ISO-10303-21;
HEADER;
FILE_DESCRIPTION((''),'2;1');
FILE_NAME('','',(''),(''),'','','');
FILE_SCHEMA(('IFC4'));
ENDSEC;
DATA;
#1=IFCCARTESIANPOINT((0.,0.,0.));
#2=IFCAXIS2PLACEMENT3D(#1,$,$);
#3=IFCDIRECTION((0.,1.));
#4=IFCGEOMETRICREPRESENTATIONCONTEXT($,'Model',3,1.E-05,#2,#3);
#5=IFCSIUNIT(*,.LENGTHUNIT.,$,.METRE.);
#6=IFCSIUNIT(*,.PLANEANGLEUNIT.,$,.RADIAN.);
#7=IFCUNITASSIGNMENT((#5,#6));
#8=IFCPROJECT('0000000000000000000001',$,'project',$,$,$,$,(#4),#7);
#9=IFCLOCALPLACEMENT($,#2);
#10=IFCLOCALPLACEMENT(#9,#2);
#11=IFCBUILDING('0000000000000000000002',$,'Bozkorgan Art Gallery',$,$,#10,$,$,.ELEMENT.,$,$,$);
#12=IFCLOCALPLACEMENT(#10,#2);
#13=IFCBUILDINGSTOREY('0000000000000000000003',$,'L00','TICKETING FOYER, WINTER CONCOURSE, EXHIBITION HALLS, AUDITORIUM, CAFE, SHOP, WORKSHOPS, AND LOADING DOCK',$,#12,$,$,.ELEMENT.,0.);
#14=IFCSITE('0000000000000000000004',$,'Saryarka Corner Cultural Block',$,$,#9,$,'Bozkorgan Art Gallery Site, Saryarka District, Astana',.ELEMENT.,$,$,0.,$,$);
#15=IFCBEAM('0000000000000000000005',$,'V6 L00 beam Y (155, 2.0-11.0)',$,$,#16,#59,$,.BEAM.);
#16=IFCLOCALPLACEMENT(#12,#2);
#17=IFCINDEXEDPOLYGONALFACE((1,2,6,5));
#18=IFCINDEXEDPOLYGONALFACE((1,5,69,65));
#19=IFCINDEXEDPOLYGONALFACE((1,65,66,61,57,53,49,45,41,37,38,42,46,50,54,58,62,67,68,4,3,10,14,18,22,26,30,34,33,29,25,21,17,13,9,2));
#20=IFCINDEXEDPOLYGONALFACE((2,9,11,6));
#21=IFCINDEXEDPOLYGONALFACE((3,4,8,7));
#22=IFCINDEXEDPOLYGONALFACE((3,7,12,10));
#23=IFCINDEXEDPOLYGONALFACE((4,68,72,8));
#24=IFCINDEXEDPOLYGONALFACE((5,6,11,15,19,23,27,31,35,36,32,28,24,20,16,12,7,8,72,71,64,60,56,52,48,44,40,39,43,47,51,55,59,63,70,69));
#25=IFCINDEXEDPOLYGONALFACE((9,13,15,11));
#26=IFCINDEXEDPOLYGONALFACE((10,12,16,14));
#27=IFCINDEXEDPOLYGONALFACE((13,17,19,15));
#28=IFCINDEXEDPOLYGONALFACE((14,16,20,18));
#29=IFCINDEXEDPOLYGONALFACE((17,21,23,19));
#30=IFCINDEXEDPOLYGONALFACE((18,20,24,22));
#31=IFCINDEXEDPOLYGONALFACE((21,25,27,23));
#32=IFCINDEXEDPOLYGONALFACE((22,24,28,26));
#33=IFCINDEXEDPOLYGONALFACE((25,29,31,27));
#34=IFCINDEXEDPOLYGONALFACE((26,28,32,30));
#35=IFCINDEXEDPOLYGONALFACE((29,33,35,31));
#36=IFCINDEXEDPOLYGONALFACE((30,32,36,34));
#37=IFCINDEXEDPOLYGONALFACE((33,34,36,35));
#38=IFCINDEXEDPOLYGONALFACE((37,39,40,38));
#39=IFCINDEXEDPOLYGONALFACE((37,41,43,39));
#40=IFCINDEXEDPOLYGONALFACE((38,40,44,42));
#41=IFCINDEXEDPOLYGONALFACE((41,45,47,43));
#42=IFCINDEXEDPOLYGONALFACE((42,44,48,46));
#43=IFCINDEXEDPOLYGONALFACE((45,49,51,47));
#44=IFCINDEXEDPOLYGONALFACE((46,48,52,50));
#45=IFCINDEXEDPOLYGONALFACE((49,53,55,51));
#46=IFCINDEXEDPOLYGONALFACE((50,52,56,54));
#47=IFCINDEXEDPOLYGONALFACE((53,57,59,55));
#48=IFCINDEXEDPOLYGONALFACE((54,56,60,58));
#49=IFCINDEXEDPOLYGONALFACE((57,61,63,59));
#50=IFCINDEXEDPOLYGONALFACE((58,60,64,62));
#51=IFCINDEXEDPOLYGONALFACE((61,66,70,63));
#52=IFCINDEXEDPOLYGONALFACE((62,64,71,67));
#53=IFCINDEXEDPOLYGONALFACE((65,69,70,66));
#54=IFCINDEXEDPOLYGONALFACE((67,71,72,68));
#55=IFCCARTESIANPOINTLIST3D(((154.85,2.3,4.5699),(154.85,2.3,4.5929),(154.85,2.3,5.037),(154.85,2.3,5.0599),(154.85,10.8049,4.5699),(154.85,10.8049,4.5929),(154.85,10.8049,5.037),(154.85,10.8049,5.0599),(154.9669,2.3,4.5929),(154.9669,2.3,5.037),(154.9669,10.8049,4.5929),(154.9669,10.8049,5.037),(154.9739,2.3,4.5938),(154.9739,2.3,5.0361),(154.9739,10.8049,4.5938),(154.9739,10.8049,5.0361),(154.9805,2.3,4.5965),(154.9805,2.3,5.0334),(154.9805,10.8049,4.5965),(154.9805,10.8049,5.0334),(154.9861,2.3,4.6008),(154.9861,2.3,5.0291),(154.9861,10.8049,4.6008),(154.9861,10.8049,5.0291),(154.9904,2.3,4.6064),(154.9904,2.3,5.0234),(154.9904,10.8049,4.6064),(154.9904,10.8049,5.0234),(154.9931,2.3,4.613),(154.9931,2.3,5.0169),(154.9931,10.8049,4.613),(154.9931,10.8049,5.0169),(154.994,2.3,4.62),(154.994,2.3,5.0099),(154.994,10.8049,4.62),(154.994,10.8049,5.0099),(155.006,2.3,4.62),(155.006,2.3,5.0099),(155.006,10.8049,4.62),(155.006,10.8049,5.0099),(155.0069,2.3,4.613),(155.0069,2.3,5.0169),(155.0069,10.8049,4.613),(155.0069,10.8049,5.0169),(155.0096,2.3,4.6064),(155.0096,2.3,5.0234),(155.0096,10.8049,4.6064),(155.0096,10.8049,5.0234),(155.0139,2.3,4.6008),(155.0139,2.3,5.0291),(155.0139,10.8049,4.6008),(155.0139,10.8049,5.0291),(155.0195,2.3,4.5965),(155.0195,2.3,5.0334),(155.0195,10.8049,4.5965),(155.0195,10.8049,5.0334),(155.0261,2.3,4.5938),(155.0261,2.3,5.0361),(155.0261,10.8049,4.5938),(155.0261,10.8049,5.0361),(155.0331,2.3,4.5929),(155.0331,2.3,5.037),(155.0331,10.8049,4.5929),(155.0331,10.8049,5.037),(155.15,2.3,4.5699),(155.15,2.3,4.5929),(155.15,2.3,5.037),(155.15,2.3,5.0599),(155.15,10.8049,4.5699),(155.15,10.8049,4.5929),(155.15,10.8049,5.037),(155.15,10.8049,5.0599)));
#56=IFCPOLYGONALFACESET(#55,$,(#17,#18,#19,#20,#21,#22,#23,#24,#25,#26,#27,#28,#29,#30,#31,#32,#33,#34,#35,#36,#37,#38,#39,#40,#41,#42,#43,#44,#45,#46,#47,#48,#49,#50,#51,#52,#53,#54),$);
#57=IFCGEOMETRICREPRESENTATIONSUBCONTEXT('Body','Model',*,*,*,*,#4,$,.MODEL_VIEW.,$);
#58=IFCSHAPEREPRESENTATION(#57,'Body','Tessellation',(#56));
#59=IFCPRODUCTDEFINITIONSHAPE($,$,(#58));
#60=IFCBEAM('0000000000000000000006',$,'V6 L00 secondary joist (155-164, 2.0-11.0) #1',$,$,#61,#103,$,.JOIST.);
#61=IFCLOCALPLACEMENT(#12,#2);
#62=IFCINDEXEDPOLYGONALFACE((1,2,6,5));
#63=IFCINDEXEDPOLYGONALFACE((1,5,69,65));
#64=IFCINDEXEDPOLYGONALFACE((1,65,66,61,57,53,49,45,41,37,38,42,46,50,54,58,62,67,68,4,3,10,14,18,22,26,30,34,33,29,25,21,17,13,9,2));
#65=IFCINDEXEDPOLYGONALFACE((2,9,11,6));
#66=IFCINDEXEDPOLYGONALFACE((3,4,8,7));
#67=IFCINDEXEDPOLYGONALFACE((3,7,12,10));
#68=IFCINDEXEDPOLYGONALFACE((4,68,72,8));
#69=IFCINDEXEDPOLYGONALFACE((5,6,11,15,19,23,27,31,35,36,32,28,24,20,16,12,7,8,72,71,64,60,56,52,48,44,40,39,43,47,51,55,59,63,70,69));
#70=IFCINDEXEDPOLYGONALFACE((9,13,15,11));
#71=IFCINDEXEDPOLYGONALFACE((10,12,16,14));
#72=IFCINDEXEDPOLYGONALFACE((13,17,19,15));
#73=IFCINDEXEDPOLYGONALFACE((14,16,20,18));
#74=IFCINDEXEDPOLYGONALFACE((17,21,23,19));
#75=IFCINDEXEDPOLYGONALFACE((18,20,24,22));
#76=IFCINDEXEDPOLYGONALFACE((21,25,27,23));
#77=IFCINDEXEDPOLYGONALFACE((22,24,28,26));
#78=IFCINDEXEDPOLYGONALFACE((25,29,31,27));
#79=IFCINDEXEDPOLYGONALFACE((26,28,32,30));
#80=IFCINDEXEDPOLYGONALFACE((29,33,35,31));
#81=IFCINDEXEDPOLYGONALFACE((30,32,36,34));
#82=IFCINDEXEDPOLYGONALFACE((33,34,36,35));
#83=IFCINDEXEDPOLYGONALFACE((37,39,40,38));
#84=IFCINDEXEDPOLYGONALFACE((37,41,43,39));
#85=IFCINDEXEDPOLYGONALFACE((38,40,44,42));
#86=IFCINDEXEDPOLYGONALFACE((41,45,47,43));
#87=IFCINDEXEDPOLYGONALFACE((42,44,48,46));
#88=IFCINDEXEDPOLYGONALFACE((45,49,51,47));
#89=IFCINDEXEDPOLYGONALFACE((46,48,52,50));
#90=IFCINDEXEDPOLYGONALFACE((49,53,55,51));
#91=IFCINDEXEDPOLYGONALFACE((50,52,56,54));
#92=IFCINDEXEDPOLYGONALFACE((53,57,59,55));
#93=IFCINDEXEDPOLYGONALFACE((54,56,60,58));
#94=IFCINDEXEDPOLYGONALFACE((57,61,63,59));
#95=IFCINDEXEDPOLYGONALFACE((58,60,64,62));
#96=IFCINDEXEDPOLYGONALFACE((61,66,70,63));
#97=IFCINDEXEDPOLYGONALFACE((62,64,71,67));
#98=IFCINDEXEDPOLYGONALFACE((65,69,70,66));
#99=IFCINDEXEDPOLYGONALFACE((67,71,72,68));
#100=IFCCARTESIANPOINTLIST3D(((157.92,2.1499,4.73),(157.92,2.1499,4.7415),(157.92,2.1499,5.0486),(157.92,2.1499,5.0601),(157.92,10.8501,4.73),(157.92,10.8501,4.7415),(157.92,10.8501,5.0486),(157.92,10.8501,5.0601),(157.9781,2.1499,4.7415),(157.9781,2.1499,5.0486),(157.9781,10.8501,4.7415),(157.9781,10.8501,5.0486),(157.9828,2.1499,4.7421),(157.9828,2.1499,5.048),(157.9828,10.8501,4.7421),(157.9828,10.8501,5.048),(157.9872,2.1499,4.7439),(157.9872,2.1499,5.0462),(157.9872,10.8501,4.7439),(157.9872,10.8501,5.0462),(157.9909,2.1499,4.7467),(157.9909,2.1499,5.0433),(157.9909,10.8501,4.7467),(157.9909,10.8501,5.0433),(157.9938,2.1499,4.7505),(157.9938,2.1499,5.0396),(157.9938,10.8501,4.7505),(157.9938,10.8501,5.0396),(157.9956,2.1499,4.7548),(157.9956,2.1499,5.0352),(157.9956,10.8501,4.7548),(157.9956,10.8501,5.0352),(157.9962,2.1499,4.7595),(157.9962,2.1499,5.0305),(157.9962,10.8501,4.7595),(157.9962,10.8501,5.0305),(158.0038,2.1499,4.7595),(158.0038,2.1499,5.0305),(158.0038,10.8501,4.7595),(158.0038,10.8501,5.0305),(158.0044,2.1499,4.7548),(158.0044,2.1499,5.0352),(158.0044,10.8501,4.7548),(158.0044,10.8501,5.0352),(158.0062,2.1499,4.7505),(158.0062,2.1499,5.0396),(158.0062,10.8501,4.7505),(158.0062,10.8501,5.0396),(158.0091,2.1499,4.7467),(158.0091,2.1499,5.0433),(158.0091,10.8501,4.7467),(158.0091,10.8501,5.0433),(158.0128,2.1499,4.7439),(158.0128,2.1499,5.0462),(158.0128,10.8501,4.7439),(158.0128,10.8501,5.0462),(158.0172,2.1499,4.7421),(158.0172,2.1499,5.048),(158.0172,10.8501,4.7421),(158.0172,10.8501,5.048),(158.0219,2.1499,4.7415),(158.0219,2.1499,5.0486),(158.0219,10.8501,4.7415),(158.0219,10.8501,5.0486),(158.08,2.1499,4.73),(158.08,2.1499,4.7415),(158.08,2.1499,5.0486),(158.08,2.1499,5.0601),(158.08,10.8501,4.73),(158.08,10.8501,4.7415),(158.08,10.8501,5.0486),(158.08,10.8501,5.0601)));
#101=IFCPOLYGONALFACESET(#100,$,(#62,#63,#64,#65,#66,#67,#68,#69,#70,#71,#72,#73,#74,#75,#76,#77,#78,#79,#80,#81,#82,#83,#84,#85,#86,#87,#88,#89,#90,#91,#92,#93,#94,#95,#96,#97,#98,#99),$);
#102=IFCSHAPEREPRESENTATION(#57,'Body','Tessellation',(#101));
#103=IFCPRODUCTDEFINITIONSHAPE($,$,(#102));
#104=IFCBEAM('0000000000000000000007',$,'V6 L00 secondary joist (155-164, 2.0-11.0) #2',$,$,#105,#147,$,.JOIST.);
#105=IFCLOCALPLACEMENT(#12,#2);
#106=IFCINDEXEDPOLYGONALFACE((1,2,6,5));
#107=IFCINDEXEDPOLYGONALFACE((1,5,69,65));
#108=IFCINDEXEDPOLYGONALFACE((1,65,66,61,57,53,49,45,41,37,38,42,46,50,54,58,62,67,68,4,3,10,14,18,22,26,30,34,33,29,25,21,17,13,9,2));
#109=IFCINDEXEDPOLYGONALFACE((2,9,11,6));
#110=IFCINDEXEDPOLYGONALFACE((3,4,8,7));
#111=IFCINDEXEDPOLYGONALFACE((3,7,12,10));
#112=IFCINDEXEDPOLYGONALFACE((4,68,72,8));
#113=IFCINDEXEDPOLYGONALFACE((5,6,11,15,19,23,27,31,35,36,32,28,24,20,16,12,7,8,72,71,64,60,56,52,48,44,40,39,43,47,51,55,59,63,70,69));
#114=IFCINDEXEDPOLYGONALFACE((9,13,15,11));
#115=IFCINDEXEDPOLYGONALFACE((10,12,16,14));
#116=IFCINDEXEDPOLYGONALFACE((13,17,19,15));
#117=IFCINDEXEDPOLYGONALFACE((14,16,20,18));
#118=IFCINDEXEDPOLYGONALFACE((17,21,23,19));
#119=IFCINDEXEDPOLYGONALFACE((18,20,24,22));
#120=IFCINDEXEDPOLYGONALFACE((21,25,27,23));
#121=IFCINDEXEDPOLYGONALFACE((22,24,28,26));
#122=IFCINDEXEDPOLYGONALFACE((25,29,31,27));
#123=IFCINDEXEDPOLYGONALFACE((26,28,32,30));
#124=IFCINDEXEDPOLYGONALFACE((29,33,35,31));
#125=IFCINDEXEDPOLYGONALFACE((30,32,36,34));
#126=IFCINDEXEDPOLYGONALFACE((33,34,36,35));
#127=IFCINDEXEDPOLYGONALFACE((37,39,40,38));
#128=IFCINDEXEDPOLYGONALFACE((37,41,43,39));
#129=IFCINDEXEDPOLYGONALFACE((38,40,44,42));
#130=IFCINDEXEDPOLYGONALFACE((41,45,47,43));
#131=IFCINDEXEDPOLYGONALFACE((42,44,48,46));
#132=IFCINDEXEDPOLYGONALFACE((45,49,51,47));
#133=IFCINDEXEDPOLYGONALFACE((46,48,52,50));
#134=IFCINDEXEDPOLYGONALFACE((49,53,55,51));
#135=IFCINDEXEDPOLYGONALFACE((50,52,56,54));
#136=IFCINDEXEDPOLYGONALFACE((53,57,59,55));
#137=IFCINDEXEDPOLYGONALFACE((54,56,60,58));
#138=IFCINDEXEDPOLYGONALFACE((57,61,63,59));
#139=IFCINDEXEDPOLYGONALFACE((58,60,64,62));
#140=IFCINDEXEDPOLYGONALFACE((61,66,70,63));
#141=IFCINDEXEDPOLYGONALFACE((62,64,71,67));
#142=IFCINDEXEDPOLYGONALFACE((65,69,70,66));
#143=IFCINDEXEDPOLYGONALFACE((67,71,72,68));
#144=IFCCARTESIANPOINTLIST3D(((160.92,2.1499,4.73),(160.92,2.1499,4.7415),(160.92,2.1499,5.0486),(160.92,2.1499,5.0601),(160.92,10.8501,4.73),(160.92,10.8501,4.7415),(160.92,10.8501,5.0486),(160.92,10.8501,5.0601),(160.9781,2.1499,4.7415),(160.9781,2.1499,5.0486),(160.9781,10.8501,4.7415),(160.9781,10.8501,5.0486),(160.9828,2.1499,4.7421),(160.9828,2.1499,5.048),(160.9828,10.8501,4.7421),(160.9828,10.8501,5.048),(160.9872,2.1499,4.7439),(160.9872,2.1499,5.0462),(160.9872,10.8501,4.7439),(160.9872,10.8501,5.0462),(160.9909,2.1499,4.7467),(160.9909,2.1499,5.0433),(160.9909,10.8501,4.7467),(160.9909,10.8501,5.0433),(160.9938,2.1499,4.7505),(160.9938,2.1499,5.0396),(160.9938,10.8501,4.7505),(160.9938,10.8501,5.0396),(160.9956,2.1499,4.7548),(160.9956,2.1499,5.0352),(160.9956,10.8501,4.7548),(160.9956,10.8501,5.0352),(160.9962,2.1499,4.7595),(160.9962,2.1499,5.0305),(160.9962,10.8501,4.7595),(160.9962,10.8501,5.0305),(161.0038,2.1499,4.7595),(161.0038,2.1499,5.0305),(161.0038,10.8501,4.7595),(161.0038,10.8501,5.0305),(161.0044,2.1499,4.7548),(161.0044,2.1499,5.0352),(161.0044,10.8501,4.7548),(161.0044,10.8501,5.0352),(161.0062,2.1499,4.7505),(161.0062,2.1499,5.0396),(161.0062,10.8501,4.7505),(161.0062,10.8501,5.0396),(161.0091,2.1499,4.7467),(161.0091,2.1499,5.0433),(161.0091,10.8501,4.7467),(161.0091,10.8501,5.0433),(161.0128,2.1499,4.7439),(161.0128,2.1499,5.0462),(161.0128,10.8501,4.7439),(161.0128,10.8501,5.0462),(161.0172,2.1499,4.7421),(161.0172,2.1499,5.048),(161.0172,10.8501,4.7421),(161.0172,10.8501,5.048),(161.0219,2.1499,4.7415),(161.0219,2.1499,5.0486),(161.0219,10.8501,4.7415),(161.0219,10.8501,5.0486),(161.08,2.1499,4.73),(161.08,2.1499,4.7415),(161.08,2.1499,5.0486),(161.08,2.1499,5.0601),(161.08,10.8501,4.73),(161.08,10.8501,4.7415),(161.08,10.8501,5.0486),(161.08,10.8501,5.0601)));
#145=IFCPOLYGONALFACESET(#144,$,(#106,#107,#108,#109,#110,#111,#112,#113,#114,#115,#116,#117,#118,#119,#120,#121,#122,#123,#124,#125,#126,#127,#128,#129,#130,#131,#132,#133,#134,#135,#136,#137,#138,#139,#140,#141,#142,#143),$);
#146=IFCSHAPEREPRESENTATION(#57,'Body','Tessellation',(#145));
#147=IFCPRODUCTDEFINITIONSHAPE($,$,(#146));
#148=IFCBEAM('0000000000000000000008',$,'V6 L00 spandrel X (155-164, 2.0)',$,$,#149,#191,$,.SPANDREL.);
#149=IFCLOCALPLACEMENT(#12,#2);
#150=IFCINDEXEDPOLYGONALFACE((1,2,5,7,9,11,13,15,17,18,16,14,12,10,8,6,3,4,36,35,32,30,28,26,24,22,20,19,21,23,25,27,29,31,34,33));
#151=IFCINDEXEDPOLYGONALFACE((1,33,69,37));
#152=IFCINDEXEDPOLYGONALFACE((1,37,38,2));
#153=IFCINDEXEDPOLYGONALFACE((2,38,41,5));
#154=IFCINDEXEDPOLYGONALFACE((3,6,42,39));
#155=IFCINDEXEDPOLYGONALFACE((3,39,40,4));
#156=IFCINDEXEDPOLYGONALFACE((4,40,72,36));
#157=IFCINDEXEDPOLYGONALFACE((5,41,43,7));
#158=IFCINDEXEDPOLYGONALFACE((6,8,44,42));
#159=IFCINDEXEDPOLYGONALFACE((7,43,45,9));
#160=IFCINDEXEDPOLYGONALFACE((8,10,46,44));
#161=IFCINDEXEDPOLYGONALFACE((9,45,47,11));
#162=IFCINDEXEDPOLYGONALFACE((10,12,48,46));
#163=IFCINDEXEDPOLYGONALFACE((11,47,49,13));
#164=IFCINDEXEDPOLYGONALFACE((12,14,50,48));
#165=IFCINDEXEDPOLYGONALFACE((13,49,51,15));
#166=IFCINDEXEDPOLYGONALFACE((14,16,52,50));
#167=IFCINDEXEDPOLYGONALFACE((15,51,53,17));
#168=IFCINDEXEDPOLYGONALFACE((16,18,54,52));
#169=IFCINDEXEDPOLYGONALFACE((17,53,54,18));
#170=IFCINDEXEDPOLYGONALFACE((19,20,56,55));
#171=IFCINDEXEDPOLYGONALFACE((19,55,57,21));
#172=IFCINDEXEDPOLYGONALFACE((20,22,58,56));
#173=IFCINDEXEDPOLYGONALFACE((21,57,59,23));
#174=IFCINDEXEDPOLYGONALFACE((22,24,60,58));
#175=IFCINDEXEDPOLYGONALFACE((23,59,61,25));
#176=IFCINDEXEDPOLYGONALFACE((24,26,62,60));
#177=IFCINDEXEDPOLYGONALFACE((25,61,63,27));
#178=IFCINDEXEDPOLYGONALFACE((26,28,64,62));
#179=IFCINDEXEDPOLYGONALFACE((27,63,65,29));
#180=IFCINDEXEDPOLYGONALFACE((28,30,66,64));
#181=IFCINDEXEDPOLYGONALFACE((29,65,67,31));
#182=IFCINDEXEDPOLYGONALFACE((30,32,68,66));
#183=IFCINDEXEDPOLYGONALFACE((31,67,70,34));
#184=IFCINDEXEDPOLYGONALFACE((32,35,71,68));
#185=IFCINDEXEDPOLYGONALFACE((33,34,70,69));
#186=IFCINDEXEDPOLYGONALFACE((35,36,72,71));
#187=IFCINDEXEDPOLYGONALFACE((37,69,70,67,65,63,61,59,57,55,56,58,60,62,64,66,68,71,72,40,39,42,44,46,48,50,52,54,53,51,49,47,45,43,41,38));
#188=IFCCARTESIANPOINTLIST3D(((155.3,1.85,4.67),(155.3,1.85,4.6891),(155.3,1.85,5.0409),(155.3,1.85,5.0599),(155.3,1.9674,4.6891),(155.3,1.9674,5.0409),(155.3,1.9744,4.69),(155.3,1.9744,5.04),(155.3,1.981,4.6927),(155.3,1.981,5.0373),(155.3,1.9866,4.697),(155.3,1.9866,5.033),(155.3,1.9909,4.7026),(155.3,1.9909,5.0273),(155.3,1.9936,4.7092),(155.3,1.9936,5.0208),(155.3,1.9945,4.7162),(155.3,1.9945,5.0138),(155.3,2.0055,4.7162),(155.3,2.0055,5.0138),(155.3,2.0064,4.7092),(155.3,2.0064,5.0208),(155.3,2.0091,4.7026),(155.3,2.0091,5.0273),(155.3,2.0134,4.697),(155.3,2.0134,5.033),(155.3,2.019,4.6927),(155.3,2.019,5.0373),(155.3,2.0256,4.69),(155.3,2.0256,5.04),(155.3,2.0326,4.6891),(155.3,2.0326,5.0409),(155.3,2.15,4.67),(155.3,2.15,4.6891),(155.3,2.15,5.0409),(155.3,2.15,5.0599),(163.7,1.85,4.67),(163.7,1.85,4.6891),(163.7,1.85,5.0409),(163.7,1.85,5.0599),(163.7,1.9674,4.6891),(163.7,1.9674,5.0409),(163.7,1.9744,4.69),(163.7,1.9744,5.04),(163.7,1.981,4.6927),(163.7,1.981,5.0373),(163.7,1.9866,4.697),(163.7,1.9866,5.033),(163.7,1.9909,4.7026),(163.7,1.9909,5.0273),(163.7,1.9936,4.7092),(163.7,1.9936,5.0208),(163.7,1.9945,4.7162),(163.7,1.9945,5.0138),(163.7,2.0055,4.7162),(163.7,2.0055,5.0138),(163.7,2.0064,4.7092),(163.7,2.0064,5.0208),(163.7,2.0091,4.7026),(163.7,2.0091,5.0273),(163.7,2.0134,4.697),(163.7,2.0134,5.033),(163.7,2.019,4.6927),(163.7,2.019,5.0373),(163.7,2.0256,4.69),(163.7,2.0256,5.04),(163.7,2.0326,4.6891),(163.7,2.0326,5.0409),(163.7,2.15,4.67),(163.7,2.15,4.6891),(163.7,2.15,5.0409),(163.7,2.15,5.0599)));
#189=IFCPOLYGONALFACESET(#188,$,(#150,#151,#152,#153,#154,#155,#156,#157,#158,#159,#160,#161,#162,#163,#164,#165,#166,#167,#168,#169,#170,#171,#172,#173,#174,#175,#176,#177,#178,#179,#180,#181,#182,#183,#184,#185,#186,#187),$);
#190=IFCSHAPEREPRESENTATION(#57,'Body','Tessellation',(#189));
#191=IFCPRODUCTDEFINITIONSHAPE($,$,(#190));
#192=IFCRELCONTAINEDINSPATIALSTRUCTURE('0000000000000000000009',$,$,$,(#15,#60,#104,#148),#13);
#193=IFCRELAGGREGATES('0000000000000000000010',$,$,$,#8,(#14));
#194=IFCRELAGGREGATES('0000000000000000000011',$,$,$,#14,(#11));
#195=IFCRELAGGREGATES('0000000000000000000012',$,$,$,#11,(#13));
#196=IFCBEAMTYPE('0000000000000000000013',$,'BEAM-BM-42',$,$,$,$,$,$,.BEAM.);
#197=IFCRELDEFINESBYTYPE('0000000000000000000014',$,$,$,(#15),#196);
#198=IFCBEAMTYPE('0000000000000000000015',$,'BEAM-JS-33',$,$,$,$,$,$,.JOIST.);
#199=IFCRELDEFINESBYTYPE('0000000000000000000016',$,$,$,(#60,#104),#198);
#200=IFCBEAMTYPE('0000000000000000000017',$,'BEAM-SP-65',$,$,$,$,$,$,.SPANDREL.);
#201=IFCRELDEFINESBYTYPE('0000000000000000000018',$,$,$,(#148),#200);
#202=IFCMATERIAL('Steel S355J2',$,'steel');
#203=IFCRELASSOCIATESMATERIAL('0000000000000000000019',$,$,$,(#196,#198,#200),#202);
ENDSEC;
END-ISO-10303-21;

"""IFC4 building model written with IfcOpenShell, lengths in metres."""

from ifc_helpers import new_model, si_unit, direction, frame, origin, origin_2d, place, context, subcontext, project, spatial, i_section, extrude, material, material_profile, profile_set, type_object, element, save


model = new_model("IFC4")

# Units and contexts
model_context = context("Model", 3, precision=1e-05, world=origin(), true_north=direction((0.0, 1.0)))
body_context = subcontext(model_context, "Body", "Model", "MODEL_VIEW")
ifc_project = project(units=[si_unit("LENGTHUNIT", "METRE"), si_unit("PLANEANGLEUNIT", "RADIAN")], contexts=[model_context])

# Site, building, storey
site_placement = place(None, origin())
site = spatial("IfcSite", under=ifc_project, at=site_placement, Name="Saryarka Corner Cultural Block", LongName="Bozkorgan Art Gallery Site, Saryarka District, Astana", CompositionType="ELEMENT", RefElevation=0.0)
building_placement = place(site_placement, origin())
building = spatial("IfcBuilding", under=site, at=building_placement, Name="Bozkorgan Art Gallery", CompositionType="ELEMENT")
storey_placement = place(building_placement, origin())
storey = spatial("IfcBuildingStorey", under=building, at=storey_placement, Name="L00", Description="TICKETING FOYER, WINTER CONCOURSE, EXHIBITION HALLS, AUDITORIUM, CAFE, SHOP, WORKSHOPS, AND LOADING DOCK", CompositionType="ELEMENT", Elevation=0.0)

# Beams
ifc_material_1 = material(Name="Steel S355J2", Category="steel")
ifc_material_profile_1 = material_profile(ifc_material_1, i_section(OverallWidth=0.3, OverallDepth=0.49, WebThickness=0.012, FlangeThickness=0.0229, FilletRadius=0.0271, at=origin_2d()), Name="HEA 500")
ifc_profile_set_1 = profile_set([ifc_material_profile_1], Name="Steel S355J2")
beam_type_1 = type_object("IfcBeamType", Name="BEAM-BM-42", PredefinedType="BEAM", material=ifc_profile_set_1)
beam_placement = place(storey_placement, frame((155.0, 2.3, 4.8149), z_axis=(0.0, 1.0, 0.0), x_axis=(-1.0, 0.0, 0.0)))
element("IfcBeam", 1, at=beam_placement, inside=storey, type_object=beam_type_1, Name="V6 L00 beam Y (155, 2.0-11.0)", PredefinedType="BEAM", context=body_context, shape_type="SweptSolid", body=[
    extrude(i_section(OverallWidth=0.3, OverallDepth=0.49, WebThickness=0.012, FlangeThickness=0.0229, FilletRadius=0.0271, at=origin_2d()), origin(), (0.0, 0.0, 1.0), 8.5049),
])
ifc_material_profile_2 = material_profile(ifc_material_1, i_section(OverallWidth=0.1599, OverallDepth=0.3301, WebThickness=0.0076, FlangeThickness=0.0115, FilletRadius=0.0181, at=origin_2d()), Name="IPE 330")
ifc_profile_set_2 = profile_set([ifc_material_profile_2], Name="Steel S355J2")
beam_type_2 = type_object("IfcBeamType", Name="BEAM-JS-33", PredefinedType="JOIST", material=ifc_profile_set_2)
for number, where, z_axis, x_axis, name in (
    (2, (158.0, 2.1499, 4.895), (0.0, 1.0, 0.0), (-1.0, 0.0, 0.0), "V6 L00 secondary joist (155-164, 2.0-11.0) #1"),
    (3, (161.0, 2.1499, 4.895), (0.0, 1.0, 0.0), (-1.0, 0.0, 0.0), "V6 L00 secondary joist (155-164, 2.0-11.0) #2"),
):
    element("IfcBeam", number, at=place(storey_placement, frame(where, z_axis=z_axis, x_axis=x_axis)), inside=storey, type_object=beam_type_2, Name=name, PredefinedType="JOIST", context=body_context, shape_type="SweptSolid", body=[
        extrude(i_section(OverallWidth=0.1599, OverallDepth=0.3301, WebThickness=0.0076, FlangeThickness=0.0115, FilletRadius=0.0181, at=origin_2d()), origin(), (0.0, 0.0, 1.0), 8.7002),
    ])
ifc_material_profile_3 = material_profile(ifc_material_1, i_section(OverallWidth=0.3, OverallDepth=0.3899, WebThickness=0.011, FlangeThickness=0.019, FilletRadius=0.0271, at=origin_2d()), Name="HEA 400")
ifc_profile_set_3 = profile_set([ifc_material_profile_3], Name="Steel S355J2")
beam_type_3 = type_object("IfcBeamType", Name="BEAM-SP-65", PredefinedType="SPANDREL", material=ifc_profile_set_3)
for number, where, z_axis, x_axis, name in (
    (4, (155.3, 2.0, 4.865), (1.0, 0.0, 0.0), (0.0, 1.0, 0.0), "V6 L00 spandrel X (155-164, 2.0)"),
):
    element("IfcBeam", number, at=place(storey_placement, frame(where, z_axis=z_axis, x_axis=x_axis)), inside=storey, type_object=beam_type_3, Name=name, PredefinedType="SPANDREL", context=body_context, shape_type="SweptSolid", body=[
        extrude(i_section(OverallWidth=0.3, OverallDepth=0.3899, WebThickness=0.011, FlangeThickness=0.019, FilletRadius=0.0271, at=origin_2d()), origin(), (0.0, 0.0, 1.0), 8.3999),
    ])

save(model, "model.ifc")
